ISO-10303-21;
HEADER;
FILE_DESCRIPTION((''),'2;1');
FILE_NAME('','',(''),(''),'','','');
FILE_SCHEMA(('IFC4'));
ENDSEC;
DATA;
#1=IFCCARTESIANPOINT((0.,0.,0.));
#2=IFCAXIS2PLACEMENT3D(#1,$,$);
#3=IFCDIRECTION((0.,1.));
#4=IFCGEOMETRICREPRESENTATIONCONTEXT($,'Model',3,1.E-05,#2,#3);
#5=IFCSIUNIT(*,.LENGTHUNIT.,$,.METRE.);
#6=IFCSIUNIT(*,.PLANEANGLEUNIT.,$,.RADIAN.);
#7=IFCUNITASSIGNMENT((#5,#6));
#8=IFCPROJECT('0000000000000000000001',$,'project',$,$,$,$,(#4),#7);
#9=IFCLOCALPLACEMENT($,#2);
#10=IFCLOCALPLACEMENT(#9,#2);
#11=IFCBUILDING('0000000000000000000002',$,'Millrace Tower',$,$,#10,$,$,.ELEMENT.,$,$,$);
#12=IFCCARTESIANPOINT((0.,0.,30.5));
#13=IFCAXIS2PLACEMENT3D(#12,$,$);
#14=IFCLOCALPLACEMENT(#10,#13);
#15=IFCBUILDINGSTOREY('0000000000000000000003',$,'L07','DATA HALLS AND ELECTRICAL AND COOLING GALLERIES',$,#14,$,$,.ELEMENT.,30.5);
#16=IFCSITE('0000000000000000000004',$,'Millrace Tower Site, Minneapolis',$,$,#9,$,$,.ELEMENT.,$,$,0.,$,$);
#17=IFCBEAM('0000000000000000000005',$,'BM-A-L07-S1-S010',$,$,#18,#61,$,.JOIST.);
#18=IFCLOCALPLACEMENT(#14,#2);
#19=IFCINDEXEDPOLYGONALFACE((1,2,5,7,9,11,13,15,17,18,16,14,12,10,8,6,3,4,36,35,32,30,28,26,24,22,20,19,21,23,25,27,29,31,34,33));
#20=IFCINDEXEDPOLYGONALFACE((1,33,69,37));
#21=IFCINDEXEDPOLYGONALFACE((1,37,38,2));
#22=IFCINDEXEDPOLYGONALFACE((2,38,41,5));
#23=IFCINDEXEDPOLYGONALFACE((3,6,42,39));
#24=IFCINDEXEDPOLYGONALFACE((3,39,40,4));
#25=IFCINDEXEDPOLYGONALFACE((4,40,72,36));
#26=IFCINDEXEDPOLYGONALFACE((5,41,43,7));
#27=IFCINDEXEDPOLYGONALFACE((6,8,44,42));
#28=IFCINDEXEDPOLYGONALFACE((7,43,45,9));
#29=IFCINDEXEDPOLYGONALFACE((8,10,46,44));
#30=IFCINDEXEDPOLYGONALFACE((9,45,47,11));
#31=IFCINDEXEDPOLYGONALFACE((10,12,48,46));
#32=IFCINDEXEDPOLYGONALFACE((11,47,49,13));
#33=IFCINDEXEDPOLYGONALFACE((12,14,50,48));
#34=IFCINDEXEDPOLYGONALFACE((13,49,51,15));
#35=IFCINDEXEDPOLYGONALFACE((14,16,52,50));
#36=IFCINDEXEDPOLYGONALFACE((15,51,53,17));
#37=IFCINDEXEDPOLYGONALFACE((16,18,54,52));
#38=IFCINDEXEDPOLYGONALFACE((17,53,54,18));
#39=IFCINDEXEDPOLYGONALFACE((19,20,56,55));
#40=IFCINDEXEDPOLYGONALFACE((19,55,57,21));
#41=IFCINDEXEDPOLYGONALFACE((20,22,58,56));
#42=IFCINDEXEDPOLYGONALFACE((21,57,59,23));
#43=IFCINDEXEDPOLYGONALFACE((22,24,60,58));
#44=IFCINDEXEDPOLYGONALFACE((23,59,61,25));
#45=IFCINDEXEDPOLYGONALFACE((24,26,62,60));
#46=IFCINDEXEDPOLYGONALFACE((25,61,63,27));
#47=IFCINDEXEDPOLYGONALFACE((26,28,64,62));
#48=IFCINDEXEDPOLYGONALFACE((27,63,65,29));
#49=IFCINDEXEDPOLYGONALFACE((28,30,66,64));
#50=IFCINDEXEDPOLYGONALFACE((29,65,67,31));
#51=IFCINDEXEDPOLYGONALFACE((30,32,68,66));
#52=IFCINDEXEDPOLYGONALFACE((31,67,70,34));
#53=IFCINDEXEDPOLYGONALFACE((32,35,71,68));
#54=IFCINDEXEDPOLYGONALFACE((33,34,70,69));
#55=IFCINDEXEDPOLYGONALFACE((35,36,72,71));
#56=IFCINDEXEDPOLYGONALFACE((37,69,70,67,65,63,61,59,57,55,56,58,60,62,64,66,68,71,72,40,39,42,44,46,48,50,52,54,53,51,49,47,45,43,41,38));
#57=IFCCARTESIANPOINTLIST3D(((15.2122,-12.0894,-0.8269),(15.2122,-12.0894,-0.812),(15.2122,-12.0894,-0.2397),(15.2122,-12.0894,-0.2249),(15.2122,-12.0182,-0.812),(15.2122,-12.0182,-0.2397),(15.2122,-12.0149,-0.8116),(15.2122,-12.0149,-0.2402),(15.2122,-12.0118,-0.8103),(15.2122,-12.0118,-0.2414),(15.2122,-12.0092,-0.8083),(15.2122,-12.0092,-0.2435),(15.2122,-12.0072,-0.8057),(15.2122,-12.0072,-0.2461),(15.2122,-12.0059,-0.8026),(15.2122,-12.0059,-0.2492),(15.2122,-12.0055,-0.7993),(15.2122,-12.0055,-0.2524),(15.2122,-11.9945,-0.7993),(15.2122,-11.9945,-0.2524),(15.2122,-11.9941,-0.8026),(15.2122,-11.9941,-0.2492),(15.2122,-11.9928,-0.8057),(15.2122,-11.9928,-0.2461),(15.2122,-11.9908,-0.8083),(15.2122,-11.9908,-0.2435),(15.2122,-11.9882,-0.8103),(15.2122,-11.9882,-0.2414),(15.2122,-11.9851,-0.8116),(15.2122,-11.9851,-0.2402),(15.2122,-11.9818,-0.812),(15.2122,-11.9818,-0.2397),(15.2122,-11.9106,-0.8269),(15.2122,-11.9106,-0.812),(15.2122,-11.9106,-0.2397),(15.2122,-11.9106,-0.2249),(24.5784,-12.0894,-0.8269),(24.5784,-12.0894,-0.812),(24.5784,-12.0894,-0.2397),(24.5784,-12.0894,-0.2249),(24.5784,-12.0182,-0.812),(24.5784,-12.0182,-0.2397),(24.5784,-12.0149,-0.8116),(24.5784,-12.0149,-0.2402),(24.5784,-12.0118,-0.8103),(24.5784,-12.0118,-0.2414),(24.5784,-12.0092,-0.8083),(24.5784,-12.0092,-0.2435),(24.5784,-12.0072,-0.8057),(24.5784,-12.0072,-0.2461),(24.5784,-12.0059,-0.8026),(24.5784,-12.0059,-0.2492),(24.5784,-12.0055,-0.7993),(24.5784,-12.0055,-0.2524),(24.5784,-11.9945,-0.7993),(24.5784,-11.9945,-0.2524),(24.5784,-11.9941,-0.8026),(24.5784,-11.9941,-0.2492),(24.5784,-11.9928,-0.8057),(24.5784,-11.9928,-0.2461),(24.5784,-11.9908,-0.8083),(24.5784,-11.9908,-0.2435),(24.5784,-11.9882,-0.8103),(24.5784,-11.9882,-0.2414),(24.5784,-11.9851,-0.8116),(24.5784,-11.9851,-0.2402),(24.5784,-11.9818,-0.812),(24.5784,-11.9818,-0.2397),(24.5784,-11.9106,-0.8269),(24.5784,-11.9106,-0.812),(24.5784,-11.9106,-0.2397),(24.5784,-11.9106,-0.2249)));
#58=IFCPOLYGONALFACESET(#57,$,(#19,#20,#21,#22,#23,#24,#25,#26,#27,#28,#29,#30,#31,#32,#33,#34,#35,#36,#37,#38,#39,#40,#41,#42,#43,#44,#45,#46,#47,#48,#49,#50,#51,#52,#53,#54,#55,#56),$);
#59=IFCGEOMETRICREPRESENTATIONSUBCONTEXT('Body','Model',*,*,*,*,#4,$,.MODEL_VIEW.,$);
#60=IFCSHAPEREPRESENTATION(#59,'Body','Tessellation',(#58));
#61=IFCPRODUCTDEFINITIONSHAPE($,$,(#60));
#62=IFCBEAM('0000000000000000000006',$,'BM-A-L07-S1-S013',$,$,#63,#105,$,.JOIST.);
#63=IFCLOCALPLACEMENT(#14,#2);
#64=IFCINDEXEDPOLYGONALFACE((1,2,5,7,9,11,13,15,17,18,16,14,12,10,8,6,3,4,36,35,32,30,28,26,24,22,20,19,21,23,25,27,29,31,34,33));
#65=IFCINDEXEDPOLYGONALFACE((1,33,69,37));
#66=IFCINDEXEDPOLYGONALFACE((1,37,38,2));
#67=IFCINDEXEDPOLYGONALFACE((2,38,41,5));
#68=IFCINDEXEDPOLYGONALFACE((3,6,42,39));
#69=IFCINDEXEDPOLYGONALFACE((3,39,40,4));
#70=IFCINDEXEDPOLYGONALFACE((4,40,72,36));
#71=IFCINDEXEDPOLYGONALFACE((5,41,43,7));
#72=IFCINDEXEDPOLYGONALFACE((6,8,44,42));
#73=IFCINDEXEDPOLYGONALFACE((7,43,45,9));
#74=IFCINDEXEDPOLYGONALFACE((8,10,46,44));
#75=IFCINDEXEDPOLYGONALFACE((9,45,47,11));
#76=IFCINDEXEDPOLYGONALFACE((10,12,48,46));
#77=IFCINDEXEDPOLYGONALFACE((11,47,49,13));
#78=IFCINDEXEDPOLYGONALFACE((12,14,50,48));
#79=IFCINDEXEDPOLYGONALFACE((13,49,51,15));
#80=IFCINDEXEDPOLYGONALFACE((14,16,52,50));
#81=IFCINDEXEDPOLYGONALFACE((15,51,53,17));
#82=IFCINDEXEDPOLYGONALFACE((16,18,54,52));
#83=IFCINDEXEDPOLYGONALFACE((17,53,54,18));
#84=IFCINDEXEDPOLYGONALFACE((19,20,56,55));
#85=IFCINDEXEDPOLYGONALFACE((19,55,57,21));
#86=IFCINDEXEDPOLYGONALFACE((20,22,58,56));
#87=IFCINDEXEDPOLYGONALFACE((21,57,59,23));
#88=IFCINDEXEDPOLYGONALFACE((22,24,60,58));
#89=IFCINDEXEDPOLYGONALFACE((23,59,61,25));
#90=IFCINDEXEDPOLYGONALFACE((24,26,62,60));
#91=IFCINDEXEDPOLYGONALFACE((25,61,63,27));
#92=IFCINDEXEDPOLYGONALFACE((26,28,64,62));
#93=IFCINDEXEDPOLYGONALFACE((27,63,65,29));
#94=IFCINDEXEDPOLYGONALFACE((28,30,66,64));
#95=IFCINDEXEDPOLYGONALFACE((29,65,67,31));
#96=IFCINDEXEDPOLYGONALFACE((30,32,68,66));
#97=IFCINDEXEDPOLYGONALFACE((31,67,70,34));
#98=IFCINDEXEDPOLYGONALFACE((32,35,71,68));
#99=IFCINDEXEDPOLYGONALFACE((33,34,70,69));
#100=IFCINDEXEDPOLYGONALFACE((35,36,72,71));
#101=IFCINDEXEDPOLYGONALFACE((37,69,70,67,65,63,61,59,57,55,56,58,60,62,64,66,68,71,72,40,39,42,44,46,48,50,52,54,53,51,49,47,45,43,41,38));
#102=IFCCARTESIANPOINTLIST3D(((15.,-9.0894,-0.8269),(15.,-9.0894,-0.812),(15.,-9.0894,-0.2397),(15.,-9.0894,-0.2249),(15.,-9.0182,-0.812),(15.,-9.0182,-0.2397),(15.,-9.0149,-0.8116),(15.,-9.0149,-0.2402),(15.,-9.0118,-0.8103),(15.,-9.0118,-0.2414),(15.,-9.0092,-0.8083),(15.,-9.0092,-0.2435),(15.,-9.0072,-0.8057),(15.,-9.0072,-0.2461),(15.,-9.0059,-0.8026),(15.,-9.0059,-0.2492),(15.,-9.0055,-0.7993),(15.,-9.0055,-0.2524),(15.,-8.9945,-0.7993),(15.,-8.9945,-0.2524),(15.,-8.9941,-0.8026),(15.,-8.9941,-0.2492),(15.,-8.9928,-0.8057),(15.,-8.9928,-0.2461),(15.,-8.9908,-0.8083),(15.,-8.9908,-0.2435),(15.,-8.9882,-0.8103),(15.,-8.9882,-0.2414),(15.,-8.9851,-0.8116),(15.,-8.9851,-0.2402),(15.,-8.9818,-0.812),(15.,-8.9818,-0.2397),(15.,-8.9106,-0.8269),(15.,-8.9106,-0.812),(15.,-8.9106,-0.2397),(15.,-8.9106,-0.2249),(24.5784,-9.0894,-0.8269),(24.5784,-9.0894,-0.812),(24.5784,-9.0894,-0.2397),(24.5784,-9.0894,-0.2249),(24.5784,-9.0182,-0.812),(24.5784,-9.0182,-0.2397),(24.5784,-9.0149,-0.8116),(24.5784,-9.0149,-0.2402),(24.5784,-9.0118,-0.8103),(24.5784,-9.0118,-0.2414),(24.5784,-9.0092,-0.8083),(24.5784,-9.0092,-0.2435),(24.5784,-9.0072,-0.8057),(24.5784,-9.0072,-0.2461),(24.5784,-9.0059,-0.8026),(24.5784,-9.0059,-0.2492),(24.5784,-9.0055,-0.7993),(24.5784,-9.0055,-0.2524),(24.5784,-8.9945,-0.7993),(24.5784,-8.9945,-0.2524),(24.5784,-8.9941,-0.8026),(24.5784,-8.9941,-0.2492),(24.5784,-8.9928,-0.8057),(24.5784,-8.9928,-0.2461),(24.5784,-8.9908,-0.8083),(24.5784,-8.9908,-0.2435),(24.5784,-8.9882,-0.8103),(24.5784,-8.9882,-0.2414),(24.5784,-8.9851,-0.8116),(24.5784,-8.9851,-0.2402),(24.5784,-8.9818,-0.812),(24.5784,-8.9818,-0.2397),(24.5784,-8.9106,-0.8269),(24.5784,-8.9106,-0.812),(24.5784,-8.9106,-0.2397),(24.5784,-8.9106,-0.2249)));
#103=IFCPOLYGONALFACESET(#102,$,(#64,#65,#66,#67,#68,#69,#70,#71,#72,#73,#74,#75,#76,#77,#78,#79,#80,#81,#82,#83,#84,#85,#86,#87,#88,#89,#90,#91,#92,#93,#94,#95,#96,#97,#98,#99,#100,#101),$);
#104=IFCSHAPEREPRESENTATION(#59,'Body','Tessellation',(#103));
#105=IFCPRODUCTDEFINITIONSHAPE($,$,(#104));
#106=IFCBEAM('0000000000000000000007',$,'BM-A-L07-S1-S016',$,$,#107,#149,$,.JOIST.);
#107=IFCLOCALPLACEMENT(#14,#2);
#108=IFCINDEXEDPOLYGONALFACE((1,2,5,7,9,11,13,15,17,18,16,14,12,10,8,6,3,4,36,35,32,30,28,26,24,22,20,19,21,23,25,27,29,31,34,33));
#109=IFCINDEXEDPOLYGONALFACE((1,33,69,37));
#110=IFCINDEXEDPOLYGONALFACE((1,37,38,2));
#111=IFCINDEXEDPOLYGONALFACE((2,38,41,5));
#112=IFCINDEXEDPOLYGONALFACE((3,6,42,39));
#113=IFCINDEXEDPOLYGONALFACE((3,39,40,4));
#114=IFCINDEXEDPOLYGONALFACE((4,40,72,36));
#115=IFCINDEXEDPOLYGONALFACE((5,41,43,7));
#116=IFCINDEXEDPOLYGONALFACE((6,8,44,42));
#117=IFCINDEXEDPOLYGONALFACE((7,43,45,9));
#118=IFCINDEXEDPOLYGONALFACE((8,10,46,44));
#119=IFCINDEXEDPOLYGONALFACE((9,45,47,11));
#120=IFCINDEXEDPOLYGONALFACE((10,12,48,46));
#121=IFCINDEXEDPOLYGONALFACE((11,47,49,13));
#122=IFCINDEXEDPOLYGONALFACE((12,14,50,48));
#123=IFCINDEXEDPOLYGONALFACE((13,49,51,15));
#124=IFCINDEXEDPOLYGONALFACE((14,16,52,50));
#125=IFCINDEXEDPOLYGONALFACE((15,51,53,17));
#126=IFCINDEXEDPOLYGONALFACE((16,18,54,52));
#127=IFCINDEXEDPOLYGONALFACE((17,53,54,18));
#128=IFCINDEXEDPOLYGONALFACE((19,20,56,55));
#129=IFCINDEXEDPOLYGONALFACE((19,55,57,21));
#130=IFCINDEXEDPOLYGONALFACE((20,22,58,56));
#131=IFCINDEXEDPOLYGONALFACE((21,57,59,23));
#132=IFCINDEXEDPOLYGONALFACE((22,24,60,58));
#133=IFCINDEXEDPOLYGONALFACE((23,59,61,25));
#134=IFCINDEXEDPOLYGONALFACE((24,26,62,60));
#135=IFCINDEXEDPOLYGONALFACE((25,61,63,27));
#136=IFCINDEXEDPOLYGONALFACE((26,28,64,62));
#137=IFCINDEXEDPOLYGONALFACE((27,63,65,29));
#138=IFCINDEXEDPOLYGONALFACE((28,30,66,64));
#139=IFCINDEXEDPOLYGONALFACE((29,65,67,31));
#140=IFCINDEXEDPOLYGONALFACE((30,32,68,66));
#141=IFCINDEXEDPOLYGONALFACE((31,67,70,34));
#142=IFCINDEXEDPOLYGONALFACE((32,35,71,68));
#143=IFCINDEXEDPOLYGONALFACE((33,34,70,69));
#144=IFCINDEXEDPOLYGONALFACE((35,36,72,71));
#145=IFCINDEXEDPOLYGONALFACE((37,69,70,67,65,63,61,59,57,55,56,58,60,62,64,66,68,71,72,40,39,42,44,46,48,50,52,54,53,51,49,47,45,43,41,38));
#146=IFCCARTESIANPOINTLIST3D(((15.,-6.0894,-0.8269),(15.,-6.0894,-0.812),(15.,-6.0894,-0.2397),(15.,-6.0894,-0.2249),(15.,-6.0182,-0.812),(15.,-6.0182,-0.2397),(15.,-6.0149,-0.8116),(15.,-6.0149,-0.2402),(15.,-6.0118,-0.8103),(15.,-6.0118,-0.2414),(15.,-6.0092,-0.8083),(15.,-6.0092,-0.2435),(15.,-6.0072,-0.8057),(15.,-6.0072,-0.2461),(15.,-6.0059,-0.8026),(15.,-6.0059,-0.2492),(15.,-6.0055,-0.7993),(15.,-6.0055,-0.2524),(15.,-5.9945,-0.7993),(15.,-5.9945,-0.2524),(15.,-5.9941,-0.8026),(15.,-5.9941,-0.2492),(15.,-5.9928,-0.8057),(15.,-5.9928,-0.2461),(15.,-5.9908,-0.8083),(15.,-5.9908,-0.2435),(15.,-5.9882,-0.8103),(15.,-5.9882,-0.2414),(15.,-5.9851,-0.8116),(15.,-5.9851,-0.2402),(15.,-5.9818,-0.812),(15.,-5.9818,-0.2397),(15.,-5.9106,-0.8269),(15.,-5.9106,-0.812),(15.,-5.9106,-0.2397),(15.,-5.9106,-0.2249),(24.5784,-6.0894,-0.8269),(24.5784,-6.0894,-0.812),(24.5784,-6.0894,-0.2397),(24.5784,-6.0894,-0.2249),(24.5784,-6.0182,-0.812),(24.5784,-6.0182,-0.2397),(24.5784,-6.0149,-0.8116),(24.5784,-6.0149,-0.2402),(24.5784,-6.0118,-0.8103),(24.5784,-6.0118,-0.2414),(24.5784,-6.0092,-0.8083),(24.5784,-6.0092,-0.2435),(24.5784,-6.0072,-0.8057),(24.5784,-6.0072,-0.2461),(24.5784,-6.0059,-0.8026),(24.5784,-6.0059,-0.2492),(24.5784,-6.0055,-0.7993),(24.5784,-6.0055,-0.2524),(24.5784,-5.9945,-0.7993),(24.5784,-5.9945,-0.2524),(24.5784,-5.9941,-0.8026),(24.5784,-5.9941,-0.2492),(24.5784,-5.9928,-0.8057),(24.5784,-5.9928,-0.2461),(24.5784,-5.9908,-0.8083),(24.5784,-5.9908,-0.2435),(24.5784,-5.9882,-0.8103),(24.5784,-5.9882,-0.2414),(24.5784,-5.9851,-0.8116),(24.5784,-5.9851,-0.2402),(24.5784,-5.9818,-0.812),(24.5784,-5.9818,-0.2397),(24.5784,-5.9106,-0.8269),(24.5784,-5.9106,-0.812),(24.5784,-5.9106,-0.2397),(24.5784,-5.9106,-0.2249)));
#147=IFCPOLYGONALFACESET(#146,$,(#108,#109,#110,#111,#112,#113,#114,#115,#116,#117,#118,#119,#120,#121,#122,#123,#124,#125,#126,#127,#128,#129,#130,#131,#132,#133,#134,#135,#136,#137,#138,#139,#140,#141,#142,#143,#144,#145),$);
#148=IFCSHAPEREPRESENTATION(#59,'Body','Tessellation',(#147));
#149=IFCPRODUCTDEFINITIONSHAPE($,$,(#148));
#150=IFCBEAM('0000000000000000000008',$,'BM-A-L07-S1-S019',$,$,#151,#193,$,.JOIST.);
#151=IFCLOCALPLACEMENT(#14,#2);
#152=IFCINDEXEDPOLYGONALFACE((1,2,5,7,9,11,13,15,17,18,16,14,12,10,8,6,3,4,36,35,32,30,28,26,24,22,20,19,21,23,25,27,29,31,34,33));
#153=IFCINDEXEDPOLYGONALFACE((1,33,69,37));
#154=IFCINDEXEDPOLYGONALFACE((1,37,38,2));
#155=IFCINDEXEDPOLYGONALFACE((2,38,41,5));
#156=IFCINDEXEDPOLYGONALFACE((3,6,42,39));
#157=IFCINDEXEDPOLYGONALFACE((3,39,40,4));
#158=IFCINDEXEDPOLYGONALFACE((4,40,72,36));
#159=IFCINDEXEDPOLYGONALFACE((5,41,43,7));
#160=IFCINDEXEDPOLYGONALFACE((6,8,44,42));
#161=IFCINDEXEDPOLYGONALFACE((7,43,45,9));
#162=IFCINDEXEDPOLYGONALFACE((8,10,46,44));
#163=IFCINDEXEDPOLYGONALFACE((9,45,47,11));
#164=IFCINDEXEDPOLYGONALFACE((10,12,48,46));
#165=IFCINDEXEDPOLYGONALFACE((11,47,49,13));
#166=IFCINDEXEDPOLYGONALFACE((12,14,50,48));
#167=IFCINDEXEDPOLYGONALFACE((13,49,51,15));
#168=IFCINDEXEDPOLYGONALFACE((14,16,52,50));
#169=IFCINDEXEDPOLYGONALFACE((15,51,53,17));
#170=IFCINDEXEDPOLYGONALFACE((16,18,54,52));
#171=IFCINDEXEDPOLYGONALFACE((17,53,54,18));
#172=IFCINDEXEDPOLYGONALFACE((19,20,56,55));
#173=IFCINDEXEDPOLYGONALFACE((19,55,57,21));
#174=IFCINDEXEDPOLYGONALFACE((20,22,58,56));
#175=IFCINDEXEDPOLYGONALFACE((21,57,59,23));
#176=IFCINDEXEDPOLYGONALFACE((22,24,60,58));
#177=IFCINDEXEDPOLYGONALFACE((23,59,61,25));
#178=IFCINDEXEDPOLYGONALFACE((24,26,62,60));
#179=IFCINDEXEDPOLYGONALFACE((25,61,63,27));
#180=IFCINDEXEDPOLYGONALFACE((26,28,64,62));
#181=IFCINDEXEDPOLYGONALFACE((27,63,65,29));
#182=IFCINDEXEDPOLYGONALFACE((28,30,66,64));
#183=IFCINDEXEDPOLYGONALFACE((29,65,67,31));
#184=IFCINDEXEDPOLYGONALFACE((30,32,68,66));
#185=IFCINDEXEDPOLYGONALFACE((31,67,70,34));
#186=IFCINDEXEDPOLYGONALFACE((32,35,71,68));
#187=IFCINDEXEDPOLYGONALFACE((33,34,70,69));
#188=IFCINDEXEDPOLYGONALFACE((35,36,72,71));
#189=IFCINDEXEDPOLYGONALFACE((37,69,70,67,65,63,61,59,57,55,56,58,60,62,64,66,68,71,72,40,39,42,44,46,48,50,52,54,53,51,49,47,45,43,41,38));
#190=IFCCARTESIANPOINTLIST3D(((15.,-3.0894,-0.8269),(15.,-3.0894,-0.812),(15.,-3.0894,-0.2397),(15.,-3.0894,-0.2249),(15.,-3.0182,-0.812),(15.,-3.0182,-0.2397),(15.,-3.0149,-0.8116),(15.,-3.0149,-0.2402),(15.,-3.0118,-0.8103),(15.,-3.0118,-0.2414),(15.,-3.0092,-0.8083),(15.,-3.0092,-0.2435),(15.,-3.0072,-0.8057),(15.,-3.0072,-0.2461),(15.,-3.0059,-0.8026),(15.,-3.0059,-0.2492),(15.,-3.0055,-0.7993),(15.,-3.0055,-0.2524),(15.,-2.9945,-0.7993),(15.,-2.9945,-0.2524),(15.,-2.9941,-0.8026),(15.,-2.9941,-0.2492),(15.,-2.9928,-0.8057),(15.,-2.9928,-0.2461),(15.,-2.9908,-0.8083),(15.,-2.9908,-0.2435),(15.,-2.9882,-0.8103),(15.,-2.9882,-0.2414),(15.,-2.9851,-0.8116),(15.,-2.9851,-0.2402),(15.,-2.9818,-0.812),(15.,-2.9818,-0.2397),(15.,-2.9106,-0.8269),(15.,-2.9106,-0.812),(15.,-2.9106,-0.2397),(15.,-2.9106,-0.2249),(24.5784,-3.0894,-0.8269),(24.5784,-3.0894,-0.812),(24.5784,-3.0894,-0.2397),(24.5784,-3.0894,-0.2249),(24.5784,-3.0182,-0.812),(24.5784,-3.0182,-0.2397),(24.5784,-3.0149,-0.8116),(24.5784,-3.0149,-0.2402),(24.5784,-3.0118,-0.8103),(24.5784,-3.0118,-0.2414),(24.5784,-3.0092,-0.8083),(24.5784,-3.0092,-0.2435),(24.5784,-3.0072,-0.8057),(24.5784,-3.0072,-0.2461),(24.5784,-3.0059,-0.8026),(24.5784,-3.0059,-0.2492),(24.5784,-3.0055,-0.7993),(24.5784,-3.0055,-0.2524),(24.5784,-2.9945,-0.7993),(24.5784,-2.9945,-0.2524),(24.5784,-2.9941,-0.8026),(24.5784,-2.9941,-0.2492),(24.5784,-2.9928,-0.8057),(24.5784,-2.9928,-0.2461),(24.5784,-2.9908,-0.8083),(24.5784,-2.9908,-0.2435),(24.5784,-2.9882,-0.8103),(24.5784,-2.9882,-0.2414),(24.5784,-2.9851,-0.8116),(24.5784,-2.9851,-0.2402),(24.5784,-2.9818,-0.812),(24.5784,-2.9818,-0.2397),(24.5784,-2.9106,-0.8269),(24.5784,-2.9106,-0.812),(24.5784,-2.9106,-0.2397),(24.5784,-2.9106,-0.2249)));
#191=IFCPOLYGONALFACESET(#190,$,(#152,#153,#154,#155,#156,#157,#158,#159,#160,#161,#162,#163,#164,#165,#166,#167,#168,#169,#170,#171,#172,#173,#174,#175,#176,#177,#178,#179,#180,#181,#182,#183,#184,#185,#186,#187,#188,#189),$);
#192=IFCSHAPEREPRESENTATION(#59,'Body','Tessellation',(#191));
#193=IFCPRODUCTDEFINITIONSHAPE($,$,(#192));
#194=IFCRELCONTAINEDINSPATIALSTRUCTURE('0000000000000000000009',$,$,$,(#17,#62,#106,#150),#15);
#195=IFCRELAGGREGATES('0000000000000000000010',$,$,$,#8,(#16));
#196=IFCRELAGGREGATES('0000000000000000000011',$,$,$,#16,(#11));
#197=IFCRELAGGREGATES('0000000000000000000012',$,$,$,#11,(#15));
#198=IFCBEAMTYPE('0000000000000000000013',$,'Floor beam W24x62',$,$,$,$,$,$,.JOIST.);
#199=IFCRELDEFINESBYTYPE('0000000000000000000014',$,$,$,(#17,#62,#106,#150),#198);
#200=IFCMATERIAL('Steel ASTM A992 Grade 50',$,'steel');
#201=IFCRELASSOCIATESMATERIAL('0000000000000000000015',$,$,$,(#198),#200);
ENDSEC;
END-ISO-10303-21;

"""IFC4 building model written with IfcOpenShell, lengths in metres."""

from ifc_helpers import new_model, si_unit, direction, frame, origin, origin_2d, place, context, subcontext, project, spatial, i_section, extrude, material, material_profile, profile_set, type_object, element, save


model = new_model("IFC4")

# Units and contexts
model_context = context("Model", 3, precision=1e-05, world=origin(), true_north=direction((0.0, 1.0)))
body_context = subcontext(model_context, "Body", "Model", "MODEL_VIEW")
ifc_project = project(units=[si_unit("LENGTHUNIT", "METRE"), si_unit("PLANEANGLEUNIT", "RADIAN")], contexts=[model_context])

# Site, building, storey
site_placement = place(None, origin())
site = spatial("IfcSite", under=ifc_project, at=site_placement, Name="Millrace Tower Site, Minneapolis", CompositionType="ELEMENT", RefElevation=0.0)
building_placement = place(site_placement, origin())
building = spatial("IfcBuilding", under=site, at=building_placement, Name="Millrace Tower", CompositionType="ELEMENT")
storey_placement = place(building_placement, frame((0.0, 0.0, 30.5)))
storey = spatial("IfcBuildingStorey", under=building, at=storey_placement, Name="L07", Description="DATA HALLS AND ELECTRICAL AND COOLING GALLERIES", CompositionType="ELEMENT", Elevation=30.5)

# Beams
ifc_material_1 = material(Name="Steel ASTM A992 Grade 50", Category="steel")
ifc_material_profile_1 = material_profile(ifc_material_1, i_section(OverallWidth=0.1787, OverallDepth=0.6021, WebThickness=0.011, FlangeThickness=0.0149, FilletRadius=0.0127, at=origin_2d()))
ifc_profile_set_1 = profile_set([ifc_material_profile_1], Name="Steel ASTM A992 Grade 50")
beam_type_1 = type_object("IfcBeamType", Name="Floor beam W24x62", PredefinedType="JOIST", material=ifc_profile_set_1)
for number, where, z_axis, x_axis, name in (
    (1, (15.2122, -12.0, -0.5259), (1.0, 0.0, 0.0), (0.0, 1.0, 0.0), "BM-A-L07-S1-S010"),
):
    element("IfcBeam", number, at=place(storey_placement, frame(where, z_axis=z_axis, x_axis=x_axis)), inside=storey, type_object=beam_type_1, Name=name, PredefinedType="JOIST", context=body_context, shape_type="SweptSolid", body=[
        extrude(i_section(OverallWidth=0.1787, OverallDepth=0.6021, WebThickness=0.011, FlangeThickness=0.0149, FilletRadius=0.0127, at=origin_2d()), origin(), (0.0, 0.0, 1.0), 9.3662),
    ])
for number, where, z_axis, x_axis, name in (
    (2, (15.0, -9.0, -0.5259), (1.0, 0.0, 0.0), (0.0, 1.0, 0.0), "BM-A-L07-S1-S013"),
    (3, (15.0, -6.0, -0.5259), (1.0, 0.0, 0.0), (0.0, 1.0, 0.0), "BM-A-L07-S1-S016"),
    (4, (15.0, -3.0, -0.5259), (1.0, 0.0, 0.0), (0.0, 1.0, 0.0), "BM-A-L07-S1-S019"),
):
    element("IfcBeam", number, at=place(storey_placement, frame(where, z_axis=z_axis, x_axis=x_axis)), inside=storey, type_object=beam_type_1, Name=name, PredefinedType="JOIST", context=body_context, shape_type="SweptSolid", body=[
        extrude(i_section(OverallWidth=0.1787, OverallDepth=0.6021, WebThickness=0.011, FlangeThickness=0.0149, FilletRadius=0.0127, at=origin_2d()), origin(), (0.0, 0.0, 1.0), 9.5784),
    ])

save(model, "model.ifc")
